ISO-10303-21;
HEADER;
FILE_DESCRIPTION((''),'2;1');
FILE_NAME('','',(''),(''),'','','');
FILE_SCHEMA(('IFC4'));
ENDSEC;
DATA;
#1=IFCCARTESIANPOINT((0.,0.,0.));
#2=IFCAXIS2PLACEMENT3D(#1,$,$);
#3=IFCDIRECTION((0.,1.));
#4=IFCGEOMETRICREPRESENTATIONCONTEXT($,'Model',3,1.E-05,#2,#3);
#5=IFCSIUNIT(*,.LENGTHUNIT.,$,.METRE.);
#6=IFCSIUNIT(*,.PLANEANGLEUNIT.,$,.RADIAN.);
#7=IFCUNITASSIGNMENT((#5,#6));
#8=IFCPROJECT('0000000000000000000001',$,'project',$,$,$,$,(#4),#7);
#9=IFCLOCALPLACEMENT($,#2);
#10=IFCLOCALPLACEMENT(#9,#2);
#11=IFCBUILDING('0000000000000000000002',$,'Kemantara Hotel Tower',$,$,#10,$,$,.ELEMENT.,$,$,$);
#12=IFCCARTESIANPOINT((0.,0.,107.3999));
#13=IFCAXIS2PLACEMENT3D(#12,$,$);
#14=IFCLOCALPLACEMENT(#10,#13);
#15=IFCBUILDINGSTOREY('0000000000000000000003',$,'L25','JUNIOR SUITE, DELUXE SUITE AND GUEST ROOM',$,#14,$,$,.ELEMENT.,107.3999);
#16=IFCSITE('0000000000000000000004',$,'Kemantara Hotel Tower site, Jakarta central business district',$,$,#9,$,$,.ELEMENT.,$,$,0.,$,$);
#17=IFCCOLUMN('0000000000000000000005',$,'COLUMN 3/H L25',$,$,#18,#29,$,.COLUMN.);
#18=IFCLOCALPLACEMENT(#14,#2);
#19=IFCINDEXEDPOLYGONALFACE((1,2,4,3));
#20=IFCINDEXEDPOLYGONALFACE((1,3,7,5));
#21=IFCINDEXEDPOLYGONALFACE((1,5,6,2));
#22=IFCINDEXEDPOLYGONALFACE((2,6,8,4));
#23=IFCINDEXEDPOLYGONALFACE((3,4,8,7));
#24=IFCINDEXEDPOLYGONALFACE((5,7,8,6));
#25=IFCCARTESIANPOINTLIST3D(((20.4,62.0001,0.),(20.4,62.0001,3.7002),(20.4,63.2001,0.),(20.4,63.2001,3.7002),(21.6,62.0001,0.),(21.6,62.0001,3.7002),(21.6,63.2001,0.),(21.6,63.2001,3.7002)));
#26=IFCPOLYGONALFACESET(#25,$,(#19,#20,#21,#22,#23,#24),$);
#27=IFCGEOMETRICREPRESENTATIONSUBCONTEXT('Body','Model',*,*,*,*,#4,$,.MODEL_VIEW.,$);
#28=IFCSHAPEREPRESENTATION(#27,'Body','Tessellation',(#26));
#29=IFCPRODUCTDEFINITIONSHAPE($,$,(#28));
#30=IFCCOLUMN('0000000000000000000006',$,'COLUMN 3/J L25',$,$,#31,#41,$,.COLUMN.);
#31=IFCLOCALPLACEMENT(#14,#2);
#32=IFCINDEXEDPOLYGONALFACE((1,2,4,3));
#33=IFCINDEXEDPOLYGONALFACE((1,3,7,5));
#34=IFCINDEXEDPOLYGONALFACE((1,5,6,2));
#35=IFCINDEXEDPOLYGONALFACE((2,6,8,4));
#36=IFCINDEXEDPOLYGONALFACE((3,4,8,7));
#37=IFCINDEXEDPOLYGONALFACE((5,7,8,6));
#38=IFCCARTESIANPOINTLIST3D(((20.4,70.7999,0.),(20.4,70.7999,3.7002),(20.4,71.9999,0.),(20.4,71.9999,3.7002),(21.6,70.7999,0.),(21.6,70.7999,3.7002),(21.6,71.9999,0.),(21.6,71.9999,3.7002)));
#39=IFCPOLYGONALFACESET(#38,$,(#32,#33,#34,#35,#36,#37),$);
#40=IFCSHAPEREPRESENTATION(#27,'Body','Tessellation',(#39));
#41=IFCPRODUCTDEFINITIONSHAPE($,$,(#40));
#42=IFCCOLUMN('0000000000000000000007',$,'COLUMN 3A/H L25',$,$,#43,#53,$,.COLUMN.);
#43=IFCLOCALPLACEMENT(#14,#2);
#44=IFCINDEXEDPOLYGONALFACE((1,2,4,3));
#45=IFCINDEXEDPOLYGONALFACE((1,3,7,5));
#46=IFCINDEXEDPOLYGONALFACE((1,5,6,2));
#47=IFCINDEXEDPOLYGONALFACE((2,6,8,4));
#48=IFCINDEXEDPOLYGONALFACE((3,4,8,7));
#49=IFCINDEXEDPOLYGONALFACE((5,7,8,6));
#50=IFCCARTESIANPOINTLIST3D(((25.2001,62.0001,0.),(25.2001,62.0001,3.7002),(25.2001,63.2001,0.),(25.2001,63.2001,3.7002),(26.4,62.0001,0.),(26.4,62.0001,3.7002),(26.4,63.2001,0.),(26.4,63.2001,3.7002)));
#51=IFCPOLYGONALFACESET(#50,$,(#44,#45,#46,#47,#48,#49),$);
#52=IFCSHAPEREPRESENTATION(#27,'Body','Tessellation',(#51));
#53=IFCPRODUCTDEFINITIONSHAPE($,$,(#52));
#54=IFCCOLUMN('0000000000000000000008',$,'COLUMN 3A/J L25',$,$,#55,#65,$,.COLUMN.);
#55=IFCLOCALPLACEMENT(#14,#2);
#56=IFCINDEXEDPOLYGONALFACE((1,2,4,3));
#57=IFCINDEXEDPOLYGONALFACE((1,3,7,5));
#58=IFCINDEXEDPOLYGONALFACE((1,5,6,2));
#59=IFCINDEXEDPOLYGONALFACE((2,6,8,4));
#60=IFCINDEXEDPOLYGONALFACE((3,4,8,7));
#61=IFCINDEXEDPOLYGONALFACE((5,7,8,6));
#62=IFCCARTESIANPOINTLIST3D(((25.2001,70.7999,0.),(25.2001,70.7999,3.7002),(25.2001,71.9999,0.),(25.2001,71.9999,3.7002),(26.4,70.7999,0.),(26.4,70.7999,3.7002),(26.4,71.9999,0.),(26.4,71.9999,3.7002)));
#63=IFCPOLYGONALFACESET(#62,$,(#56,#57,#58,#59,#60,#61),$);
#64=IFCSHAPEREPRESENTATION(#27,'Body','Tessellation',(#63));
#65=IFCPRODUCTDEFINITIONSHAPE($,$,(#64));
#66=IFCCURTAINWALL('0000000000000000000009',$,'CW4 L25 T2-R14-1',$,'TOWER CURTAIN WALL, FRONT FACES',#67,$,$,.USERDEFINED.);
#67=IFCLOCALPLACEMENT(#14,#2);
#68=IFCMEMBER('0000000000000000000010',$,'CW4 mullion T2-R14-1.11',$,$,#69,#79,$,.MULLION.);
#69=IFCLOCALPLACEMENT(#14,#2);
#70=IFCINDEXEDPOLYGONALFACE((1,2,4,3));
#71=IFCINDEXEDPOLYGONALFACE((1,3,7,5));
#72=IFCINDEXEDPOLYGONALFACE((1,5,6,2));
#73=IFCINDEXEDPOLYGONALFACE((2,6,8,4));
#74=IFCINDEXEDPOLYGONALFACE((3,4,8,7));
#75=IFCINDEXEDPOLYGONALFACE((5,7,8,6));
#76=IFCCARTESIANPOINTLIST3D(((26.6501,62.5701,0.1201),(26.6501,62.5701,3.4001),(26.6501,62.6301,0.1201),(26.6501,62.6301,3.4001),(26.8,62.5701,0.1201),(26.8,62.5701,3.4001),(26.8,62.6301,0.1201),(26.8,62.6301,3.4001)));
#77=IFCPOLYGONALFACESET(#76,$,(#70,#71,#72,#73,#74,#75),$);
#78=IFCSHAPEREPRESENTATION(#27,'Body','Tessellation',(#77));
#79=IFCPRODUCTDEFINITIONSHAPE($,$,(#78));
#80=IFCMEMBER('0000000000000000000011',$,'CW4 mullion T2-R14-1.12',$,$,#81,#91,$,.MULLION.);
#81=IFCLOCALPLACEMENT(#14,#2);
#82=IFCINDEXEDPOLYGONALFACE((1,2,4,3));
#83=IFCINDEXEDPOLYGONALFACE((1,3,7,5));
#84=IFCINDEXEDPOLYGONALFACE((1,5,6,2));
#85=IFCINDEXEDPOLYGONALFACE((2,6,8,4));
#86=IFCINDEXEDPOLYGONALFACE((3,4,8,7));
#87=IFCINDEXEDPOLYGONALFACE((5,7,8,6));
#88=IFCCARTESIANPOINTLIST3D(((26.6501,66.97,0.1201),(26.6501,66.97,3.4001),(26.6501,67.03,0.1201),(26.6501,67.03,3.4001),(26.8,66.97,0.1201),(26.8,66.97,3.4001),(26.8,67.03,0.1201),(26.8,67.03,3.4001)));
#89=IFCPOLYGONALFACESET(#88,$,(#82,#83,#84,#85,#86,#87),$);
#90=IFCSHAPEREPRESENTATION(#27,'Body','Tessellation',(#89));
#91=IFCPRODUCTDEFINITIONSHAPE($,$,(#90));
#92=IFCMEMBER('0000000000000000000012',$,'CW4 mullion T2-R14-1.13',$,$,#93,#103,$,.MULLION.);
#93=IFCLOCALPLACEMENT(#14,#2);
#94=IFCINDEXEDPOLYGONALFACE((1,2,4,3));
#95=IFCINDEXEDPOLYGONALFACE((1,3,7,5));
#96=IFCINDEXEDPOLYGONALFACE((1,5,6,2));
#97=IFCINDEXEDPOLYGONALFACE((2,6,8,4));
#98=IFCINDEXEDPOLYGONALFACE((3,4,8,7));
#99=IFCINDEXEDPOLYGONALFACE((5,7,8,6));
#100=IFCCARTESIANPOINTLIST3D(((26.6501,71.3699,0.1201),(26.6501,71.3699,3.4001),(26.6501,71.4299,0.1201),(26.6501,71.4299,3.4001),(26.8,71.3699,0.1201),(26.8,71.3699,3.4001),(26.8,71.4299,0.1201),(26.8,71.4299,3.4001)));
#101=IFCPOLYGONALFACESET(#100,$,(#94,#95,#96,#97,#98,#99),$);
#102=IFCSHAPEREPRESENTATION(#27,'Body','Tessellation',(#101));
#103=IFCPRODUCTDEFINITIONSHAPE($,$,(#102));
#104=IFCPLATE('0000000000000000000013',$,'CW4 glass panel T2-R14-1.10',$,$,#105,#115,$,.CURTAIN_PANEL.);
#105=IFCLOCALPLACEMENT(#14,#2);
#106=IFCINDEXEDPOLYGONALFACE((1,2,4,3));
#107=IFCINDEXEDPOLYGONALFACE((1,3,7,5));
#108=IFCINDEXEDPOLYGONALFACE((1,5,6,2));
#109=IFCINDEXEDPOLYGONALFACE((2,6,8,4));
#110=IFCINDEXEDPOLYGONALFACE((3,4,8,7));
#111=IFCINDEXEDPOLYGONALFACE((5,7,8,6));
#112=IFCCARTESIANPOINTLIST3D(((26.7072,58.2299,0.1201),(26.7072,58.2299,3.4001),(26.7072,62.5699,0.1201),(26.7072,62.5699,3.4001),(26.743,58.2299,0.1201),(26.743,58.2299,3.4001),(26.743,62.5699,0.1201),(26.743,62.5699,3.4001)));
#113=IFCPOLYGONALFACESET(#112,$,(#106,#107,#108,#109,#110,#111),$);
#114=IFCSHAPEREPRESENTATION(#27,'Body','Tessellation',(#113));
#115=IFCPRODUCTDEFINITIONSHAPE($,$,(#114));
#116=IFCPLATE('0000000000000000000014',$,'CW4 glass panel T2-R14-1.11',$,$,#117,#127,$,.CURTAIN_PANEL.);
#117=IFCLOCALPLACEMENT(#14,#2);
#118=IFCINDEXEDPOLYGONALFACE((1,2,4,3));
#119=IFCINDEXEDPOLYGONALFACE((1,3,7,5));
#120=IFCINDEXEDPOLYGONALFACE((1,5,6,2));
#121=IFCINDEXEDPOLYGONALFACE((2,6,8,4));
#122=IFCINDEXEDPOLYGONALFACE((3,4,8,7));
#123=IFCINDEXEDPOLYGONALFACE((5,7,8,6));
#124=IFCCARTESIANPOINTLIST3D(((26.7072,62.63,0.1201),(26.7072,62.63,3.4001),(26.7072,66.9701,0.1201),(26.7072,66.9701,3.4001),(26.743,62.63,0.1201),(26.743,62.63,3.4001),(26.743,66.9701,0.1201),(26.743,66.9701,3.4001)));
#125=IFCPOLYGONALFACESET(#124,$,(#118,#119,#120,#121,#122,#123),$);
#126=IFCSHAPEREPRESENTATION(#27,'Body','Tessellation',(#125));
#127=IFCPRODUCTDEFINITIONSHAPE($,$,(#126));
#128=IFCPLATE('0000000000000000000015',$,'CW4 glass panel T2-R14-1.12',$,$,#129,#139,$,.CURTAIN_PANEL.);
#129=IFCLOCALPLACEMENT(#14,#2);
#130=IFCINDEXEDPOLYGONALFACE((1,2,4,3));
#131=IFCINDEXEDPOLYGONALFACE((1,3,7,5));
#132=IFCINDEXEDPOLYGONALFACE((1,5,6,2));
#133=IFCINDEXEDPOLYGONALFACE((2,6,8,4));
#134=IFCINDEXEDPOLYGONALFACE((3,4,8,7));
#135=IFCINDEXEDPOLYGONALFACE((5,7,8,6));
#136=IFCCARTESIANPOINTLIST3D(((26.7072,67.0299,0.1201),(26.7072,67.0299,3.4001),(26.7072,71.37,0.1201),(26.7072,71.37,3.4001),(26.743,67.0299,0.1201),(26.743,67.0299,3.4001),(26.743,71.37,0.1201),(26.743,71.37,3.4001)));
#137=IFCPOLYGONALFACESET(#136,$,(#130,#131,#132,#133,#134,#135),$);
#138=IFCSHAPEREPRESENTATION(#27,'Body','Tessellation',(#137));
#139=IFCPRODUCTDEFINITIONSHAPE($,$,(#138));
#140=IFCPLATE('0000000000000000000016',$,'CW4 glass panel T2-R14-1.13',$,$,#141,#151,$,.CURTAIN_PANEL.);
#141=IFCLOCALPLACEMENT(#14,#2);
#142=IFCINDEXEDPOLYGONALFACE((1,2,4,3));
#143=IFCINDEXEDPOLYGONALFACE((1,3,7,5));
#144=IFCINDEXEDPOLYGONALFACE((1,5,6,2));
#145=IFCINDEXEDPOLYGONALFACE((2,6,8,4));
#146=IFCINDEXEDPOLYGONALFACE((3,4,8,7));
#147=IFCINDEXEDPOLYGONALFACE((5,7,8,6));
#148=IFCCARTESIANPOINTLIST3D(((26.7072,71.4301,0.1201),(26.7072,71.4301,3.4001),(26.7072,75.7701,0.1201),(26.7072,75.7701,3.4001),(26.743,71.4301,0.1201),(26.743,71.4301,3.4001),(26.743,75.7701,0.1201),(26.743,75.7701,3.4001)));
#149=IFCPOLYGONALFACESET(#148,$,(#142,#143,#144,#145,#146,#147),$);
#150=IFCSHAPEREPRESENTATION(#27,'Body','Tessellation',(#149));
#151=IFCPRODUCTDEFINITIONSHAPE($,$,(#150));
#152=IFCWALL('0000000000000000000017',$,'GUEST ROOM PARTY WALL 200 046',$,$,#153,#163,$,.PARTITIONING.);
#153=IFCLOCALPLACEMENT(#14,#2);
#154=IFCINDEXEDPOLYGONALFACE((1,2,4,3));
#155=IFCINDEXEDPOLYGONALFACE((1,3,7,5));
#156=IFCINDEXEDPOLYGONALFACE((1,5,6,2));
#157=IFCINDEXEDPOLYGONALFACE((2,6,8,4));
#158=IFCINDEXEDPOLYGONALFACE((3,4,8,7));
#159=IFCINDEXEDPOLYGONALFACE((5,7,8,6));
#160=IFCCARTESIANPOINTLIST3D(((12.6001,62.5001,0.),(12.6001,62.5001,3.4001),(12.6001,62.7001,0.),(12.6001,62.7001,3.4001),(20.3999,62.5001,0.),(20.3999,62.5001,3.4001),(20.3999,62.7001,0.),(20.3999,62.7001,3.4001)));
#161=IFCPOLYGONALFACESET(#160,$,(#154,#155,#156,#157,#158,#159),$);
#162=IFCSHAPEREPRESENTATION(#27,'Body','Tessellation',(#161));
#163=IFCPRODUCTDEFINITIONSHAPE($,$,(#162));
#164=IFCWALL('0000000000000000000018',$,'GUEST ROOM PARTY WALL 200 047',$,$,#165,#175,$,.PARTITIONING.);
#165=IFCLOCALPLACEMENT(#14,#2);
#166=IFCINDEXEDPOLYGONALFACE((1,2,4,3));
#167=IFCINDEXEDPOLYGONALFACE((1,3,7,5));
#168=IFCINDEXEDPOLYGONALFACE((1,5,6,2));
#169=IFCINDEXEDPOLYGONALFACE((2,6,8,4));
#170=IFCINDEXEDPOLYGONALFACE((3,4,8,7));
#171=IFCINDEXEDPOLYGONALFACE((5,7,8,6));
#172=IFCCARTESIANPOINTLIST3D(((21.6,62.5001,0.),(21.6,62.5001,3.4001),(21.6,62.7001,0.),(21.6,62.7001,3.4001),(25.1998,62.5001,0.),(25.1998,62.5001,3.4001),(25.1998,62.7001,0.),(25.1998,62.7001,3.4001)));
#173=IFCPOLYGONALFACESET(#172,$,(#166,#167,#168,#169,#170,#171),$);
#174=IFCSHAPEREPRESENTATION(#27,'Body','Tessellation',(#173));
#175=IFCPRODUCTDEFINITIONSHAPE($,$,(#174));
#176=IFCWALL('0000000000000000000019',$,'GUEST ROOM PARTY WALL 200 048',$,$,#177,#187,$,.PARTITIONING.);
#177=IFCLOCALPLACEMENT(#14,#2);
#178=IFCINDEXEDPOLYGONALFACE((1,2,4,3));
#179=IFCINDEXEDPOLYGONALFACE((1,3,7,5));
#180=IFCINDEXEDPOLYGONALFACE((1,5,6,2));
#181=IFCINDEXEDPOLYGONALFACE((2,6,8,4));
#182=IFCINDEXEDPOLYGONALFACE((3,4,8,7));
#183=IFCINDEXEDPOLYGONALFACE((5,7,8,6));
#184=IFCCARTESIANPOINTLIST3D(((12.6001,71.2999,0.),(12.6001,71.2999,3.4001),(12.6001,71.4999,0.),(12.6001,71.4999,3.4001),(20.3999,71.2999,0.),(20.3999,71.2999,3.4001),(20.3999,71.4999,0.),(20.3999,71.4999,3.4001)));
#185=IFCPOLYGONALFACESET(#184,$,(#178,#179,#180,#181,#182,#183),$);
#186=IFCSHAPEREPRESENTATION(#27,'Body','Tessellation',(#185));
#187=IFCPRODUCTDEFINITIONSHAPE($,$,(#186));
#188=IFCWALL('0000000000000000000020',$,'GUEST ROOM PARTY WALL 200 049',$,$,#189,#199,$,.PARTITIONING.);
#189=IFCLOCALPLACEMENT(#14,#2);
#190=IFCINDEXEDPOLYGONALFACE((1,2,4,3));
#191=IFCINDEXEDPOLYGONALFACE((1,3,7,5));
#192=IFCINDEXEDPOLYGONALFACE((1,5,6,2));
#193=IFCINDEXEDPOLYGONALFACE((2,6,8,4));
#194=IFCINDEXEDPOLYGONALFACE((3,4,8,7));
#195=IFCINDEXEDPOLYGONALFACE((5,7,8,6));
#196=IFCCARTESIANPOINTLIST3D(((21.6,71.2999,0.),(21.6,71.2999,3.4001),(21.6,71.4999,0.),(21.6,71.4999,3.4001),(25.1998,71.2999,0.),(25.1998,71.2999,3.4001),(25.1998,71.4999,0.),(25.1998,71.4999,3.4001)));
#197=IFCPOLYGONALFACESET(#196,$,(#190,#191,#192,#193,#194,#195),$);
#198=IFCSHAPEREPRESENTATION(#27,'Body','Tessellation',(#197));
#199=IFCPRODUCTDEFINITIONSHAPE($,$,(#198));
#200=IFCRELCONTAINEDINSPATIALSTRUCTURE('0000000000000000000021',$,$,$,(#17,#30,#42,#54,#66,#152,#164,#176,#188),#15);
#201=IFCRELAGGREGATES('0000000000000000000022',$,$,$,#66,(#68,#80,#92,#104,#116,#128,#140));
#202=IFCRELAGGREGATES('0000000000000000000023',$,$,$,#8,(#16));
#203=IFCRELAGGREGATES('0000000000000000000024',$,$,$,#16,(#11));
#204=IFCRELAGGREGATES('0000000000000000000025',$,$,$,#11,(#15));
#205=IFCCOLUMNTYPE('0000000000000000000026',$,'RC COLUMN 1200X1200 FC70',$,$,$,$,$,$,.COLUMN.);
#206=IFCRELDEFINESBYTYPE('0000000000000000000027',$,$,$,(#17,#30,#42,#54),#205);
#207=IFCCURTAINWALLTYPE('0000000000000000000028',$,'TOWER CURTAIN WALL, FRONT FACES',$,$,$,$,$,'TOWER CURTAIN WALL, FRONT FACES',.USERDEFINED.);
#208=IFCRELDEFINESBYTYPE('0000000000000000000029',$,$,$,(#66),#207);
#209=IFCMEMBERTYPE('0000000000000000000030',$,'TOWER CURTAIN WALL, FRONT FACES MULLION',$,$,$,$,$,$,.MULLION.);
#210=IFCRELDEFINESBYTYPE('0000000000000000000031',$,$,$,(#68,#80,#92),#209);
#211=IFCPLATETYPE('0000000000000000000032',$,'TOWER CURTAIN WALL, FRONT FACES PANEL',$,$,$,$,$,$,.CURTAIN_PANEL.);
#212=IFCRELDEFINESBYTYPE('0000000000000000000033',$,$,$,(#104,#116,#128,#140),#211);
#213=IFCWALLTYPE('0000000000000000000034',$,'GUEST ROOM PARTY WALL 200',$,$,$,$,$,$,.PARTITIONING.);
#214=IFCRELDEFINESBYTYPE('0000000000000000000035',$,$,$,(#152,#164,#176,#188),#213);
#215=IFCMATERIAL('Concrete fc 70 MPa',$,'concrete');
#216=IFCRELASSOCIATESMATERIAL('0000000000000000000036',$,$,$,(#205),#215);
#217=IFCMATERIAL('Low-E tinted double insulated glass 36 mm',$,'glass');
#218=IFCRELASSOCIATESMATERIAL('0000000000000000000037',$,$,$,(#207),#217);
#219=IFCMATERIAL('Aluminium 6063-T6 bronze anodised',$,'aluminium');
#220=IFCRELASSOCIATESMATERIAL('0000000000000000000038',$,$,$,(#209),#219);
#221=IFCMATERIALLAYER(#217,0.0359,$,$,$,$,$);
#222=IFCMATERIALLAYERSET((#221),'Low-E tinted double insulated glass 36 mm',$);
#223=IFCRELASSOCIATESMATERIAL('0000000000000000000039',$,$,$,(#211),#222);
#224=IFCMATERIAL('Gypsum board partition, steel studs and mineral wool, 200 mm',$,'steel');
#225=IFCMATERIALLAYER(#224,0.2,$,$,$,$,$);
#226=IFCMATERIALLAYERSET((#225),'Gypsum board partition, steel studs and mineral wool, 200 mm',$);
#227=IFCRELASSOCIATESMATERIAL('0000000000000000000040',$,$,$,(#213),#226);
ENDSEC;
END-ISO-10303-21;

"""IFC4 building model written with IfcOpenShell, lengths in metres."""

from ifc_helpers import new_model, si_unit, direction, frame, frame_2d, origin, origin_2d, place, context, subcontext, project, spatial, rectangle, extrude, source, transform, mapped, material, layer, layer_set, material_profile, profile_set, type_object, element, aggregate, save


model = new_model("IFC4")

# Units and contexts
model_context = context("Model", 3, precision=1e-05, world=origin(), true_north=direction((0.0, 1.0)))
body_context = subcontext(model_context, "Body", "Model", "MODEL_VIEW")
ifc_project = project(units=[si_unit("LENGTHUNIT", "METRE"), si_unit("PLANEANGLEUNIT", "RADIAN")], contexts=[model_context])

# Site, building, storey
site_placement = place(None, origin())
site = spatial("IfcSite", under=ifc_project, at=site_placement, Name="Kemantara Hotel Tower site, Jakarta central business district", CompositionType="ELEMENT", RefElevation=0.0)
building_placement = place(site_placement, origin())
building = spatial("IfcBuilding", under=site, at=building_placement, Name="Kemantara Hotel Tower", CompositionType="ELEMENT")
storey_placement = place(building_placement, frame((0.0, 0.0, 107.3999)))
storey = spatial("IfcBuildingStorey", under=building, at=storey_placement, Name="L25", Description="JUNIOR SUITE, DELUXE SUITE AND GUEST ROOM", CompositionType="ELEMENT", Elevation=107.3999)

# Columns
ifc_material_1 = material(Name="Concrete fc 70 MPa", Category="concrete")
ifc_material_profile_1 = material_profile(ifc_material_1, rectangle(XDim=1.2, YDim=1.2, at=origin_2d()), Name="RC 1200X1200")
ifc_profile_set_1 = profile_set([ifc_material_profile_1], Name="Concrete fc 70 MPa")
column_type = type_object("IfcColumnType", Name="RC COLUMN 1200X1200 FC70", PredefinedType="COLUMN", material=ifc_profile_set_1)
for number, where, z_axis, x_axis, name in (
    (1, (21.0, 62.6001, 0.0), (0.0, 0.0, 1.0), (1.0, 0.0, 0.0), "COLUMN 3/H L25"),
    (2, (21.0, 71.3999, 0.0), (0.0, 0.0, 1.0), (1.0, 0.0, 0.0), "COLUMN 3/J L25"),
    (3, (25.8, 62.6001, 0.0), (0.0, 0.0, 1.0), (1.0, 0.0, 0.0), "COLUMN 3A/H L25"),
    (4, (25.8, 71.3999, 0.0), (0.0, 0.0, 1.0), (1.0, 0.0, 0.0), "COLUMN 3A/J L25"),
):
    element("IfcColumn", number, at=place(storey_placement, frame(where, z_axis=z_axis, x_axis=x_axis)), inside=storey, type_object=column_type, Name=name, PredefinedType="COLUMN", context=body_context, shape_type="SweptSolid", body=[
        extrude(rectangle(XDim=1.2, YDim=1.2, at=origin_2d()), origin(), (0.0, 0.0, 1.0), 3.7002),
    ])

# Curtain wall, members, plates
ifc_material_2 = material(Name="Low-E tinted double insulated glass 36 mm", Category="glass")
curtain_wall_type = type_object("IfcCurtainWallType", Name="TOWER CURTAIN WALL, FRONT FACES", ElementType="TOWER CURTAIN WALL, FRONT FACES", PredefinedType="USERDEFINED", material=ifc_material_2)
curtain_wall_placement = place(storey_placement, origin())
curtain_wall = element("IfcCurtainWall", 5, at=curtain_wall_placement, inside=storey, type_object=curtain_wall_type, Name="CW4 L25 T2-R14-1", ObjectType="TOWER CURTAIN WALL, FRONT FACES", PredefinedType="USERDEFINED")
ifc_material_3 = material(Name="Aluminium 6063-T6 bronze anodised", Category="aluminium")
ifc_material_profile_2 = material_profile(ifc_material_3, rectangle(XDim=0.1499, YDim=0.0601, at=origin_2d()), Name="TOWER CURTAIN WALL, FRONT FACES MULLION")
ifc_profile_set_2 = profile_set([ifc_material_profile_2], Name="Aluminium 6063-T6 bronze anodised")
member_type = type_object("IfcMemberType", Name="TOWER CURTAIN WALL, FRONT FACES MULLION", PredefinedType="MULLION", material=ifc_profile_set_2)
shared_shape_1 = source(origin(), body_context, "Body", "SweptSolid", [
    extrude(rectangle(XDim=0.1499, YDim=0.0601, at=origin_2d()), origin(), (0.0, 0.0, 1.0), 3.28),
])
member_1_placement = place(storey_placement, frame((26.7251, 62.6001, 0.1201), z_axis=(0.0, 0.0, 1.0), x_axis=(-1.0, 0.0, 0.0)))
member_1 = element("IfcMember", 6, at=member_1_placement, type_object=member_type, Name="CW4 mullion T2-R14-1.11", PredefinedType="MULLION", context=body_context, shape_type="MappedRepresentation", body=[
    mapped(shared_shape_1, transform((0.0, 0.0, 0.0))),
])
member_2_placement = place(storey_placement, frame((26.7251, 67.0, 0.1201), z_axis=(0.0, 0.0, 1.0), x_axis=(-1.0, 0.0, 0.0)))
member_2 = element("IfcMember", 7, at=member_2_placement, type_object=member_type, Name="CW4 mullion T2-R14-1.12", PredefinedType="MULLION", context=body_context, shape_type="MappedRepresentation", body=[
    mapped(shared_shape_1, transform((0.0, 0.0, 0.0))),
])
member_3_placement = place(storey_placement, frame((26.7251, 71.3999, 0.1201), z_axis=(0.0, 0.0, 1.0), x_axis=(-1.0, 0.0, 0.0)))
member_3 = element("IfcMember", 8, at=member_3_placement, type_object=member_type, Name="CW4 mullion T2-R14-1.13", PredefinedType="MULLION", context=body_context, shape_type="MappedRepresentation", body=[
    mapped(shared_shape_1, transform((0.0, 0.0, 0.0))),
])
ifc_layer_1 = layer(ifc_material_2, 0.0359)
ifc_layer_set_1 = layer_set([ifc_layer_1], Name="Low-E tinted double insulated glass 36 mm")
plate_type = type_object("IfcPlateType", Name="TOWER CURTAIN WALL, FRONT FACES PANEL", PredefinedType="CURTAIN_PANEL", material=ifc_layer_set_1)
shared_shape_2 = source(origin(), body_context, "Body", "SweptSolid", [
    extrude(rectangle(XDim=4.3401, YDim=0.0359, at=origin_2d()), origin(), (0.0, 0.0, 1.0), 3.28),
])
plate_1_placement = place(storey_placement, frame((26.7251, 60.3999, 0.1201), z_axis=(0.0, 0.0, 1.0), x_axis=(0.0, 1.0, 0.0)))
plate_1 = element("IfcPlate", 9, at=plate_1_placement, type_object=plate_type, Name="CW4 glass panel T2-R14-1.10", PredefinedType="CURTAIN_PANEL", context=body_context, shape_type="MappedRepresentation", body=[
    mapped(shared_shape_2, transform((0.0, 0.0, 0.0))),
])
plate_2_placement = place(storey_placement, frame((26.7251, 64.8, 0.1201), z_axis=(0.0, 0.0, 1.0), x_axis=(0.0, 1.0, 0.0)))
plate_2 = element("IfcPlate", 10, at=plate_2_placement, type_object=plate_type, Name="CW4 glass panel T2-R14-1.11", PredefinedType="CURTAIN_PANEL", context=body_context, shape_type="MappedRepresentation", body=[
    mapped(shared_shape_2, transform((0.0, 0.0, 0.0))),
])
plate_3_placement = place(storey_placement, frame((26.7251, 69.2, 0.1201), z_axis=(0.0, 0.0, 1.0), x_axis=(0.0, 1.0, 0.0)))
plate_3 = element("IfcPlate", 11, at=plate_3_placement, type_object=plate_type, Name="CW4 glass panel T2-R14-1.12", PredefinedType="CURTAIN_PANEL", context=body_context, shape_type="MappedRepresentation", body=[
    mapped(shared_shape_2, transform((0.0, 0.0, 0.0))),
])
plate_4_placement = place(storey_placement, frame((26.7251, 73.6001, 0.1201), z_axis=(0.0, 0.0, 1.0), x_axis=(0.0, 1.0, 0.0)))
plate_4 = element("IfcPlate", 12, at=plate_4_placement, type_object=plate_type, Name="CW4 glass panel T2-R14-1.13", PredefinedType="CURTAIN_PANEL", context=body_context, shape_type="MappedRepresentation", body=[
    mapped(shared_shape_2, transform((0.0, 0.0, 0.0))),
])
aggregate(curtain_wall, [member_1, member_2, member_3, plate_1, plate_2, plate_3, plate_4])

# Walls
ifc_material_4 = material(Name="Gypsum board partition, steel studs and mineral wool, 200 mm", Category="steel")
ifc_layer_2 = layer(ifc_material_4, 0.2)
ifc_layer_set_2 = layer_set([ifc_layer_2], Name="Gypsum board partition, steel studs and mineral wool, 200 mm")
wall_type_1 = type_object("IfcWallType", Name="GUEST ROOM PARTY WALL 200", PredefinedType="PARTITIONING", material=ifc_layer_set_2)
wall_1_placement = place(storey_placement, frame((12.6001, 62.6001, 0.0), z_axis=(0.0, 0.0, 1.0), x_axis=(1.0, 0.0, 0.0)))
element("IfcWall", 13, at=wall_1_placement, inside=storey, type_object=wall_type_1, Name="GUEST ROOM PARTY WALL 200 046", PredefinedType="PARTITIONING", context=body_context, shape_type="SweptSolid", body=[
    extrude(rectangle(XDim=7.7998, YDim=0.2, at=frame_2d((3.8999, 0.0))), origin(), (0.0, 0.0, 1.0), 3.4001),
])
wall_2_placement = place(storey_placement, frame((21.6001, 62.6001, 0.0), z_axis=(0.0, 0.0, 1.0), x_axis=(1.0, 0.0, 0.0)))
element("IfcWall", 14, at=wall_2_placement, inside=storey, type_object=wall_type_1, Name="GUEST ROOM PARTY WALL 200 047", PredefinedType="PARTITIONING", context=body_context, shape_type="SweptSolid", body=[
    extrude(rectangle(XDim=3.5999, YDim=0.2, at=frame_2d((1.7998, 0.0))), origin(), (0.0, 0.0, 1.0), 3.4001),
])
wall_3_placement = place(storey_placement, frame((12.6001, 71.3999, 0.0), z_axis=(0.0, 0.0, 1.0), x_axis=(1.0, 0.0, 0.0)))
element("IfcWall", 15, at=wall_3_placement, inside=storey, type_object=wall_type_1, Name="GUEST ROOM PARTY WALL 200 048", PredefinedType="PARTITIONING", context=body_context, shape_type="SweptSolid", body=[
    extrude(rectangle(XDim=7.7998, YDim=0.2, at=frame_2d((3.8999, 0.0))), origin(), (0.0, 0.0, 1.0), 3.4001),
])
wall_4_placement = place(storey_placement, frame((21.6001, 71.3999, 0.0), z_axis=(0.0, 0.0, 1.0), x_axis=(1.0, 0.0, 0.0)))
element("IfcWall", 16, at=wall_4_placement, inside=storey, type_object=wall_type_1, Name="GUEST ROOM PARTY WALL 200 049", PredefinedType="PARTITIONING", context=body_context, shape_type="SweptSolid", body=[
    extrude(rectangle(XDim=3.5999, YDim=0.2, at=frame_2d((1.7998, 0.0))), origin(), (0.0, 0.0, 1.0), 3.4001),
])

save(model, "model.ifc")
